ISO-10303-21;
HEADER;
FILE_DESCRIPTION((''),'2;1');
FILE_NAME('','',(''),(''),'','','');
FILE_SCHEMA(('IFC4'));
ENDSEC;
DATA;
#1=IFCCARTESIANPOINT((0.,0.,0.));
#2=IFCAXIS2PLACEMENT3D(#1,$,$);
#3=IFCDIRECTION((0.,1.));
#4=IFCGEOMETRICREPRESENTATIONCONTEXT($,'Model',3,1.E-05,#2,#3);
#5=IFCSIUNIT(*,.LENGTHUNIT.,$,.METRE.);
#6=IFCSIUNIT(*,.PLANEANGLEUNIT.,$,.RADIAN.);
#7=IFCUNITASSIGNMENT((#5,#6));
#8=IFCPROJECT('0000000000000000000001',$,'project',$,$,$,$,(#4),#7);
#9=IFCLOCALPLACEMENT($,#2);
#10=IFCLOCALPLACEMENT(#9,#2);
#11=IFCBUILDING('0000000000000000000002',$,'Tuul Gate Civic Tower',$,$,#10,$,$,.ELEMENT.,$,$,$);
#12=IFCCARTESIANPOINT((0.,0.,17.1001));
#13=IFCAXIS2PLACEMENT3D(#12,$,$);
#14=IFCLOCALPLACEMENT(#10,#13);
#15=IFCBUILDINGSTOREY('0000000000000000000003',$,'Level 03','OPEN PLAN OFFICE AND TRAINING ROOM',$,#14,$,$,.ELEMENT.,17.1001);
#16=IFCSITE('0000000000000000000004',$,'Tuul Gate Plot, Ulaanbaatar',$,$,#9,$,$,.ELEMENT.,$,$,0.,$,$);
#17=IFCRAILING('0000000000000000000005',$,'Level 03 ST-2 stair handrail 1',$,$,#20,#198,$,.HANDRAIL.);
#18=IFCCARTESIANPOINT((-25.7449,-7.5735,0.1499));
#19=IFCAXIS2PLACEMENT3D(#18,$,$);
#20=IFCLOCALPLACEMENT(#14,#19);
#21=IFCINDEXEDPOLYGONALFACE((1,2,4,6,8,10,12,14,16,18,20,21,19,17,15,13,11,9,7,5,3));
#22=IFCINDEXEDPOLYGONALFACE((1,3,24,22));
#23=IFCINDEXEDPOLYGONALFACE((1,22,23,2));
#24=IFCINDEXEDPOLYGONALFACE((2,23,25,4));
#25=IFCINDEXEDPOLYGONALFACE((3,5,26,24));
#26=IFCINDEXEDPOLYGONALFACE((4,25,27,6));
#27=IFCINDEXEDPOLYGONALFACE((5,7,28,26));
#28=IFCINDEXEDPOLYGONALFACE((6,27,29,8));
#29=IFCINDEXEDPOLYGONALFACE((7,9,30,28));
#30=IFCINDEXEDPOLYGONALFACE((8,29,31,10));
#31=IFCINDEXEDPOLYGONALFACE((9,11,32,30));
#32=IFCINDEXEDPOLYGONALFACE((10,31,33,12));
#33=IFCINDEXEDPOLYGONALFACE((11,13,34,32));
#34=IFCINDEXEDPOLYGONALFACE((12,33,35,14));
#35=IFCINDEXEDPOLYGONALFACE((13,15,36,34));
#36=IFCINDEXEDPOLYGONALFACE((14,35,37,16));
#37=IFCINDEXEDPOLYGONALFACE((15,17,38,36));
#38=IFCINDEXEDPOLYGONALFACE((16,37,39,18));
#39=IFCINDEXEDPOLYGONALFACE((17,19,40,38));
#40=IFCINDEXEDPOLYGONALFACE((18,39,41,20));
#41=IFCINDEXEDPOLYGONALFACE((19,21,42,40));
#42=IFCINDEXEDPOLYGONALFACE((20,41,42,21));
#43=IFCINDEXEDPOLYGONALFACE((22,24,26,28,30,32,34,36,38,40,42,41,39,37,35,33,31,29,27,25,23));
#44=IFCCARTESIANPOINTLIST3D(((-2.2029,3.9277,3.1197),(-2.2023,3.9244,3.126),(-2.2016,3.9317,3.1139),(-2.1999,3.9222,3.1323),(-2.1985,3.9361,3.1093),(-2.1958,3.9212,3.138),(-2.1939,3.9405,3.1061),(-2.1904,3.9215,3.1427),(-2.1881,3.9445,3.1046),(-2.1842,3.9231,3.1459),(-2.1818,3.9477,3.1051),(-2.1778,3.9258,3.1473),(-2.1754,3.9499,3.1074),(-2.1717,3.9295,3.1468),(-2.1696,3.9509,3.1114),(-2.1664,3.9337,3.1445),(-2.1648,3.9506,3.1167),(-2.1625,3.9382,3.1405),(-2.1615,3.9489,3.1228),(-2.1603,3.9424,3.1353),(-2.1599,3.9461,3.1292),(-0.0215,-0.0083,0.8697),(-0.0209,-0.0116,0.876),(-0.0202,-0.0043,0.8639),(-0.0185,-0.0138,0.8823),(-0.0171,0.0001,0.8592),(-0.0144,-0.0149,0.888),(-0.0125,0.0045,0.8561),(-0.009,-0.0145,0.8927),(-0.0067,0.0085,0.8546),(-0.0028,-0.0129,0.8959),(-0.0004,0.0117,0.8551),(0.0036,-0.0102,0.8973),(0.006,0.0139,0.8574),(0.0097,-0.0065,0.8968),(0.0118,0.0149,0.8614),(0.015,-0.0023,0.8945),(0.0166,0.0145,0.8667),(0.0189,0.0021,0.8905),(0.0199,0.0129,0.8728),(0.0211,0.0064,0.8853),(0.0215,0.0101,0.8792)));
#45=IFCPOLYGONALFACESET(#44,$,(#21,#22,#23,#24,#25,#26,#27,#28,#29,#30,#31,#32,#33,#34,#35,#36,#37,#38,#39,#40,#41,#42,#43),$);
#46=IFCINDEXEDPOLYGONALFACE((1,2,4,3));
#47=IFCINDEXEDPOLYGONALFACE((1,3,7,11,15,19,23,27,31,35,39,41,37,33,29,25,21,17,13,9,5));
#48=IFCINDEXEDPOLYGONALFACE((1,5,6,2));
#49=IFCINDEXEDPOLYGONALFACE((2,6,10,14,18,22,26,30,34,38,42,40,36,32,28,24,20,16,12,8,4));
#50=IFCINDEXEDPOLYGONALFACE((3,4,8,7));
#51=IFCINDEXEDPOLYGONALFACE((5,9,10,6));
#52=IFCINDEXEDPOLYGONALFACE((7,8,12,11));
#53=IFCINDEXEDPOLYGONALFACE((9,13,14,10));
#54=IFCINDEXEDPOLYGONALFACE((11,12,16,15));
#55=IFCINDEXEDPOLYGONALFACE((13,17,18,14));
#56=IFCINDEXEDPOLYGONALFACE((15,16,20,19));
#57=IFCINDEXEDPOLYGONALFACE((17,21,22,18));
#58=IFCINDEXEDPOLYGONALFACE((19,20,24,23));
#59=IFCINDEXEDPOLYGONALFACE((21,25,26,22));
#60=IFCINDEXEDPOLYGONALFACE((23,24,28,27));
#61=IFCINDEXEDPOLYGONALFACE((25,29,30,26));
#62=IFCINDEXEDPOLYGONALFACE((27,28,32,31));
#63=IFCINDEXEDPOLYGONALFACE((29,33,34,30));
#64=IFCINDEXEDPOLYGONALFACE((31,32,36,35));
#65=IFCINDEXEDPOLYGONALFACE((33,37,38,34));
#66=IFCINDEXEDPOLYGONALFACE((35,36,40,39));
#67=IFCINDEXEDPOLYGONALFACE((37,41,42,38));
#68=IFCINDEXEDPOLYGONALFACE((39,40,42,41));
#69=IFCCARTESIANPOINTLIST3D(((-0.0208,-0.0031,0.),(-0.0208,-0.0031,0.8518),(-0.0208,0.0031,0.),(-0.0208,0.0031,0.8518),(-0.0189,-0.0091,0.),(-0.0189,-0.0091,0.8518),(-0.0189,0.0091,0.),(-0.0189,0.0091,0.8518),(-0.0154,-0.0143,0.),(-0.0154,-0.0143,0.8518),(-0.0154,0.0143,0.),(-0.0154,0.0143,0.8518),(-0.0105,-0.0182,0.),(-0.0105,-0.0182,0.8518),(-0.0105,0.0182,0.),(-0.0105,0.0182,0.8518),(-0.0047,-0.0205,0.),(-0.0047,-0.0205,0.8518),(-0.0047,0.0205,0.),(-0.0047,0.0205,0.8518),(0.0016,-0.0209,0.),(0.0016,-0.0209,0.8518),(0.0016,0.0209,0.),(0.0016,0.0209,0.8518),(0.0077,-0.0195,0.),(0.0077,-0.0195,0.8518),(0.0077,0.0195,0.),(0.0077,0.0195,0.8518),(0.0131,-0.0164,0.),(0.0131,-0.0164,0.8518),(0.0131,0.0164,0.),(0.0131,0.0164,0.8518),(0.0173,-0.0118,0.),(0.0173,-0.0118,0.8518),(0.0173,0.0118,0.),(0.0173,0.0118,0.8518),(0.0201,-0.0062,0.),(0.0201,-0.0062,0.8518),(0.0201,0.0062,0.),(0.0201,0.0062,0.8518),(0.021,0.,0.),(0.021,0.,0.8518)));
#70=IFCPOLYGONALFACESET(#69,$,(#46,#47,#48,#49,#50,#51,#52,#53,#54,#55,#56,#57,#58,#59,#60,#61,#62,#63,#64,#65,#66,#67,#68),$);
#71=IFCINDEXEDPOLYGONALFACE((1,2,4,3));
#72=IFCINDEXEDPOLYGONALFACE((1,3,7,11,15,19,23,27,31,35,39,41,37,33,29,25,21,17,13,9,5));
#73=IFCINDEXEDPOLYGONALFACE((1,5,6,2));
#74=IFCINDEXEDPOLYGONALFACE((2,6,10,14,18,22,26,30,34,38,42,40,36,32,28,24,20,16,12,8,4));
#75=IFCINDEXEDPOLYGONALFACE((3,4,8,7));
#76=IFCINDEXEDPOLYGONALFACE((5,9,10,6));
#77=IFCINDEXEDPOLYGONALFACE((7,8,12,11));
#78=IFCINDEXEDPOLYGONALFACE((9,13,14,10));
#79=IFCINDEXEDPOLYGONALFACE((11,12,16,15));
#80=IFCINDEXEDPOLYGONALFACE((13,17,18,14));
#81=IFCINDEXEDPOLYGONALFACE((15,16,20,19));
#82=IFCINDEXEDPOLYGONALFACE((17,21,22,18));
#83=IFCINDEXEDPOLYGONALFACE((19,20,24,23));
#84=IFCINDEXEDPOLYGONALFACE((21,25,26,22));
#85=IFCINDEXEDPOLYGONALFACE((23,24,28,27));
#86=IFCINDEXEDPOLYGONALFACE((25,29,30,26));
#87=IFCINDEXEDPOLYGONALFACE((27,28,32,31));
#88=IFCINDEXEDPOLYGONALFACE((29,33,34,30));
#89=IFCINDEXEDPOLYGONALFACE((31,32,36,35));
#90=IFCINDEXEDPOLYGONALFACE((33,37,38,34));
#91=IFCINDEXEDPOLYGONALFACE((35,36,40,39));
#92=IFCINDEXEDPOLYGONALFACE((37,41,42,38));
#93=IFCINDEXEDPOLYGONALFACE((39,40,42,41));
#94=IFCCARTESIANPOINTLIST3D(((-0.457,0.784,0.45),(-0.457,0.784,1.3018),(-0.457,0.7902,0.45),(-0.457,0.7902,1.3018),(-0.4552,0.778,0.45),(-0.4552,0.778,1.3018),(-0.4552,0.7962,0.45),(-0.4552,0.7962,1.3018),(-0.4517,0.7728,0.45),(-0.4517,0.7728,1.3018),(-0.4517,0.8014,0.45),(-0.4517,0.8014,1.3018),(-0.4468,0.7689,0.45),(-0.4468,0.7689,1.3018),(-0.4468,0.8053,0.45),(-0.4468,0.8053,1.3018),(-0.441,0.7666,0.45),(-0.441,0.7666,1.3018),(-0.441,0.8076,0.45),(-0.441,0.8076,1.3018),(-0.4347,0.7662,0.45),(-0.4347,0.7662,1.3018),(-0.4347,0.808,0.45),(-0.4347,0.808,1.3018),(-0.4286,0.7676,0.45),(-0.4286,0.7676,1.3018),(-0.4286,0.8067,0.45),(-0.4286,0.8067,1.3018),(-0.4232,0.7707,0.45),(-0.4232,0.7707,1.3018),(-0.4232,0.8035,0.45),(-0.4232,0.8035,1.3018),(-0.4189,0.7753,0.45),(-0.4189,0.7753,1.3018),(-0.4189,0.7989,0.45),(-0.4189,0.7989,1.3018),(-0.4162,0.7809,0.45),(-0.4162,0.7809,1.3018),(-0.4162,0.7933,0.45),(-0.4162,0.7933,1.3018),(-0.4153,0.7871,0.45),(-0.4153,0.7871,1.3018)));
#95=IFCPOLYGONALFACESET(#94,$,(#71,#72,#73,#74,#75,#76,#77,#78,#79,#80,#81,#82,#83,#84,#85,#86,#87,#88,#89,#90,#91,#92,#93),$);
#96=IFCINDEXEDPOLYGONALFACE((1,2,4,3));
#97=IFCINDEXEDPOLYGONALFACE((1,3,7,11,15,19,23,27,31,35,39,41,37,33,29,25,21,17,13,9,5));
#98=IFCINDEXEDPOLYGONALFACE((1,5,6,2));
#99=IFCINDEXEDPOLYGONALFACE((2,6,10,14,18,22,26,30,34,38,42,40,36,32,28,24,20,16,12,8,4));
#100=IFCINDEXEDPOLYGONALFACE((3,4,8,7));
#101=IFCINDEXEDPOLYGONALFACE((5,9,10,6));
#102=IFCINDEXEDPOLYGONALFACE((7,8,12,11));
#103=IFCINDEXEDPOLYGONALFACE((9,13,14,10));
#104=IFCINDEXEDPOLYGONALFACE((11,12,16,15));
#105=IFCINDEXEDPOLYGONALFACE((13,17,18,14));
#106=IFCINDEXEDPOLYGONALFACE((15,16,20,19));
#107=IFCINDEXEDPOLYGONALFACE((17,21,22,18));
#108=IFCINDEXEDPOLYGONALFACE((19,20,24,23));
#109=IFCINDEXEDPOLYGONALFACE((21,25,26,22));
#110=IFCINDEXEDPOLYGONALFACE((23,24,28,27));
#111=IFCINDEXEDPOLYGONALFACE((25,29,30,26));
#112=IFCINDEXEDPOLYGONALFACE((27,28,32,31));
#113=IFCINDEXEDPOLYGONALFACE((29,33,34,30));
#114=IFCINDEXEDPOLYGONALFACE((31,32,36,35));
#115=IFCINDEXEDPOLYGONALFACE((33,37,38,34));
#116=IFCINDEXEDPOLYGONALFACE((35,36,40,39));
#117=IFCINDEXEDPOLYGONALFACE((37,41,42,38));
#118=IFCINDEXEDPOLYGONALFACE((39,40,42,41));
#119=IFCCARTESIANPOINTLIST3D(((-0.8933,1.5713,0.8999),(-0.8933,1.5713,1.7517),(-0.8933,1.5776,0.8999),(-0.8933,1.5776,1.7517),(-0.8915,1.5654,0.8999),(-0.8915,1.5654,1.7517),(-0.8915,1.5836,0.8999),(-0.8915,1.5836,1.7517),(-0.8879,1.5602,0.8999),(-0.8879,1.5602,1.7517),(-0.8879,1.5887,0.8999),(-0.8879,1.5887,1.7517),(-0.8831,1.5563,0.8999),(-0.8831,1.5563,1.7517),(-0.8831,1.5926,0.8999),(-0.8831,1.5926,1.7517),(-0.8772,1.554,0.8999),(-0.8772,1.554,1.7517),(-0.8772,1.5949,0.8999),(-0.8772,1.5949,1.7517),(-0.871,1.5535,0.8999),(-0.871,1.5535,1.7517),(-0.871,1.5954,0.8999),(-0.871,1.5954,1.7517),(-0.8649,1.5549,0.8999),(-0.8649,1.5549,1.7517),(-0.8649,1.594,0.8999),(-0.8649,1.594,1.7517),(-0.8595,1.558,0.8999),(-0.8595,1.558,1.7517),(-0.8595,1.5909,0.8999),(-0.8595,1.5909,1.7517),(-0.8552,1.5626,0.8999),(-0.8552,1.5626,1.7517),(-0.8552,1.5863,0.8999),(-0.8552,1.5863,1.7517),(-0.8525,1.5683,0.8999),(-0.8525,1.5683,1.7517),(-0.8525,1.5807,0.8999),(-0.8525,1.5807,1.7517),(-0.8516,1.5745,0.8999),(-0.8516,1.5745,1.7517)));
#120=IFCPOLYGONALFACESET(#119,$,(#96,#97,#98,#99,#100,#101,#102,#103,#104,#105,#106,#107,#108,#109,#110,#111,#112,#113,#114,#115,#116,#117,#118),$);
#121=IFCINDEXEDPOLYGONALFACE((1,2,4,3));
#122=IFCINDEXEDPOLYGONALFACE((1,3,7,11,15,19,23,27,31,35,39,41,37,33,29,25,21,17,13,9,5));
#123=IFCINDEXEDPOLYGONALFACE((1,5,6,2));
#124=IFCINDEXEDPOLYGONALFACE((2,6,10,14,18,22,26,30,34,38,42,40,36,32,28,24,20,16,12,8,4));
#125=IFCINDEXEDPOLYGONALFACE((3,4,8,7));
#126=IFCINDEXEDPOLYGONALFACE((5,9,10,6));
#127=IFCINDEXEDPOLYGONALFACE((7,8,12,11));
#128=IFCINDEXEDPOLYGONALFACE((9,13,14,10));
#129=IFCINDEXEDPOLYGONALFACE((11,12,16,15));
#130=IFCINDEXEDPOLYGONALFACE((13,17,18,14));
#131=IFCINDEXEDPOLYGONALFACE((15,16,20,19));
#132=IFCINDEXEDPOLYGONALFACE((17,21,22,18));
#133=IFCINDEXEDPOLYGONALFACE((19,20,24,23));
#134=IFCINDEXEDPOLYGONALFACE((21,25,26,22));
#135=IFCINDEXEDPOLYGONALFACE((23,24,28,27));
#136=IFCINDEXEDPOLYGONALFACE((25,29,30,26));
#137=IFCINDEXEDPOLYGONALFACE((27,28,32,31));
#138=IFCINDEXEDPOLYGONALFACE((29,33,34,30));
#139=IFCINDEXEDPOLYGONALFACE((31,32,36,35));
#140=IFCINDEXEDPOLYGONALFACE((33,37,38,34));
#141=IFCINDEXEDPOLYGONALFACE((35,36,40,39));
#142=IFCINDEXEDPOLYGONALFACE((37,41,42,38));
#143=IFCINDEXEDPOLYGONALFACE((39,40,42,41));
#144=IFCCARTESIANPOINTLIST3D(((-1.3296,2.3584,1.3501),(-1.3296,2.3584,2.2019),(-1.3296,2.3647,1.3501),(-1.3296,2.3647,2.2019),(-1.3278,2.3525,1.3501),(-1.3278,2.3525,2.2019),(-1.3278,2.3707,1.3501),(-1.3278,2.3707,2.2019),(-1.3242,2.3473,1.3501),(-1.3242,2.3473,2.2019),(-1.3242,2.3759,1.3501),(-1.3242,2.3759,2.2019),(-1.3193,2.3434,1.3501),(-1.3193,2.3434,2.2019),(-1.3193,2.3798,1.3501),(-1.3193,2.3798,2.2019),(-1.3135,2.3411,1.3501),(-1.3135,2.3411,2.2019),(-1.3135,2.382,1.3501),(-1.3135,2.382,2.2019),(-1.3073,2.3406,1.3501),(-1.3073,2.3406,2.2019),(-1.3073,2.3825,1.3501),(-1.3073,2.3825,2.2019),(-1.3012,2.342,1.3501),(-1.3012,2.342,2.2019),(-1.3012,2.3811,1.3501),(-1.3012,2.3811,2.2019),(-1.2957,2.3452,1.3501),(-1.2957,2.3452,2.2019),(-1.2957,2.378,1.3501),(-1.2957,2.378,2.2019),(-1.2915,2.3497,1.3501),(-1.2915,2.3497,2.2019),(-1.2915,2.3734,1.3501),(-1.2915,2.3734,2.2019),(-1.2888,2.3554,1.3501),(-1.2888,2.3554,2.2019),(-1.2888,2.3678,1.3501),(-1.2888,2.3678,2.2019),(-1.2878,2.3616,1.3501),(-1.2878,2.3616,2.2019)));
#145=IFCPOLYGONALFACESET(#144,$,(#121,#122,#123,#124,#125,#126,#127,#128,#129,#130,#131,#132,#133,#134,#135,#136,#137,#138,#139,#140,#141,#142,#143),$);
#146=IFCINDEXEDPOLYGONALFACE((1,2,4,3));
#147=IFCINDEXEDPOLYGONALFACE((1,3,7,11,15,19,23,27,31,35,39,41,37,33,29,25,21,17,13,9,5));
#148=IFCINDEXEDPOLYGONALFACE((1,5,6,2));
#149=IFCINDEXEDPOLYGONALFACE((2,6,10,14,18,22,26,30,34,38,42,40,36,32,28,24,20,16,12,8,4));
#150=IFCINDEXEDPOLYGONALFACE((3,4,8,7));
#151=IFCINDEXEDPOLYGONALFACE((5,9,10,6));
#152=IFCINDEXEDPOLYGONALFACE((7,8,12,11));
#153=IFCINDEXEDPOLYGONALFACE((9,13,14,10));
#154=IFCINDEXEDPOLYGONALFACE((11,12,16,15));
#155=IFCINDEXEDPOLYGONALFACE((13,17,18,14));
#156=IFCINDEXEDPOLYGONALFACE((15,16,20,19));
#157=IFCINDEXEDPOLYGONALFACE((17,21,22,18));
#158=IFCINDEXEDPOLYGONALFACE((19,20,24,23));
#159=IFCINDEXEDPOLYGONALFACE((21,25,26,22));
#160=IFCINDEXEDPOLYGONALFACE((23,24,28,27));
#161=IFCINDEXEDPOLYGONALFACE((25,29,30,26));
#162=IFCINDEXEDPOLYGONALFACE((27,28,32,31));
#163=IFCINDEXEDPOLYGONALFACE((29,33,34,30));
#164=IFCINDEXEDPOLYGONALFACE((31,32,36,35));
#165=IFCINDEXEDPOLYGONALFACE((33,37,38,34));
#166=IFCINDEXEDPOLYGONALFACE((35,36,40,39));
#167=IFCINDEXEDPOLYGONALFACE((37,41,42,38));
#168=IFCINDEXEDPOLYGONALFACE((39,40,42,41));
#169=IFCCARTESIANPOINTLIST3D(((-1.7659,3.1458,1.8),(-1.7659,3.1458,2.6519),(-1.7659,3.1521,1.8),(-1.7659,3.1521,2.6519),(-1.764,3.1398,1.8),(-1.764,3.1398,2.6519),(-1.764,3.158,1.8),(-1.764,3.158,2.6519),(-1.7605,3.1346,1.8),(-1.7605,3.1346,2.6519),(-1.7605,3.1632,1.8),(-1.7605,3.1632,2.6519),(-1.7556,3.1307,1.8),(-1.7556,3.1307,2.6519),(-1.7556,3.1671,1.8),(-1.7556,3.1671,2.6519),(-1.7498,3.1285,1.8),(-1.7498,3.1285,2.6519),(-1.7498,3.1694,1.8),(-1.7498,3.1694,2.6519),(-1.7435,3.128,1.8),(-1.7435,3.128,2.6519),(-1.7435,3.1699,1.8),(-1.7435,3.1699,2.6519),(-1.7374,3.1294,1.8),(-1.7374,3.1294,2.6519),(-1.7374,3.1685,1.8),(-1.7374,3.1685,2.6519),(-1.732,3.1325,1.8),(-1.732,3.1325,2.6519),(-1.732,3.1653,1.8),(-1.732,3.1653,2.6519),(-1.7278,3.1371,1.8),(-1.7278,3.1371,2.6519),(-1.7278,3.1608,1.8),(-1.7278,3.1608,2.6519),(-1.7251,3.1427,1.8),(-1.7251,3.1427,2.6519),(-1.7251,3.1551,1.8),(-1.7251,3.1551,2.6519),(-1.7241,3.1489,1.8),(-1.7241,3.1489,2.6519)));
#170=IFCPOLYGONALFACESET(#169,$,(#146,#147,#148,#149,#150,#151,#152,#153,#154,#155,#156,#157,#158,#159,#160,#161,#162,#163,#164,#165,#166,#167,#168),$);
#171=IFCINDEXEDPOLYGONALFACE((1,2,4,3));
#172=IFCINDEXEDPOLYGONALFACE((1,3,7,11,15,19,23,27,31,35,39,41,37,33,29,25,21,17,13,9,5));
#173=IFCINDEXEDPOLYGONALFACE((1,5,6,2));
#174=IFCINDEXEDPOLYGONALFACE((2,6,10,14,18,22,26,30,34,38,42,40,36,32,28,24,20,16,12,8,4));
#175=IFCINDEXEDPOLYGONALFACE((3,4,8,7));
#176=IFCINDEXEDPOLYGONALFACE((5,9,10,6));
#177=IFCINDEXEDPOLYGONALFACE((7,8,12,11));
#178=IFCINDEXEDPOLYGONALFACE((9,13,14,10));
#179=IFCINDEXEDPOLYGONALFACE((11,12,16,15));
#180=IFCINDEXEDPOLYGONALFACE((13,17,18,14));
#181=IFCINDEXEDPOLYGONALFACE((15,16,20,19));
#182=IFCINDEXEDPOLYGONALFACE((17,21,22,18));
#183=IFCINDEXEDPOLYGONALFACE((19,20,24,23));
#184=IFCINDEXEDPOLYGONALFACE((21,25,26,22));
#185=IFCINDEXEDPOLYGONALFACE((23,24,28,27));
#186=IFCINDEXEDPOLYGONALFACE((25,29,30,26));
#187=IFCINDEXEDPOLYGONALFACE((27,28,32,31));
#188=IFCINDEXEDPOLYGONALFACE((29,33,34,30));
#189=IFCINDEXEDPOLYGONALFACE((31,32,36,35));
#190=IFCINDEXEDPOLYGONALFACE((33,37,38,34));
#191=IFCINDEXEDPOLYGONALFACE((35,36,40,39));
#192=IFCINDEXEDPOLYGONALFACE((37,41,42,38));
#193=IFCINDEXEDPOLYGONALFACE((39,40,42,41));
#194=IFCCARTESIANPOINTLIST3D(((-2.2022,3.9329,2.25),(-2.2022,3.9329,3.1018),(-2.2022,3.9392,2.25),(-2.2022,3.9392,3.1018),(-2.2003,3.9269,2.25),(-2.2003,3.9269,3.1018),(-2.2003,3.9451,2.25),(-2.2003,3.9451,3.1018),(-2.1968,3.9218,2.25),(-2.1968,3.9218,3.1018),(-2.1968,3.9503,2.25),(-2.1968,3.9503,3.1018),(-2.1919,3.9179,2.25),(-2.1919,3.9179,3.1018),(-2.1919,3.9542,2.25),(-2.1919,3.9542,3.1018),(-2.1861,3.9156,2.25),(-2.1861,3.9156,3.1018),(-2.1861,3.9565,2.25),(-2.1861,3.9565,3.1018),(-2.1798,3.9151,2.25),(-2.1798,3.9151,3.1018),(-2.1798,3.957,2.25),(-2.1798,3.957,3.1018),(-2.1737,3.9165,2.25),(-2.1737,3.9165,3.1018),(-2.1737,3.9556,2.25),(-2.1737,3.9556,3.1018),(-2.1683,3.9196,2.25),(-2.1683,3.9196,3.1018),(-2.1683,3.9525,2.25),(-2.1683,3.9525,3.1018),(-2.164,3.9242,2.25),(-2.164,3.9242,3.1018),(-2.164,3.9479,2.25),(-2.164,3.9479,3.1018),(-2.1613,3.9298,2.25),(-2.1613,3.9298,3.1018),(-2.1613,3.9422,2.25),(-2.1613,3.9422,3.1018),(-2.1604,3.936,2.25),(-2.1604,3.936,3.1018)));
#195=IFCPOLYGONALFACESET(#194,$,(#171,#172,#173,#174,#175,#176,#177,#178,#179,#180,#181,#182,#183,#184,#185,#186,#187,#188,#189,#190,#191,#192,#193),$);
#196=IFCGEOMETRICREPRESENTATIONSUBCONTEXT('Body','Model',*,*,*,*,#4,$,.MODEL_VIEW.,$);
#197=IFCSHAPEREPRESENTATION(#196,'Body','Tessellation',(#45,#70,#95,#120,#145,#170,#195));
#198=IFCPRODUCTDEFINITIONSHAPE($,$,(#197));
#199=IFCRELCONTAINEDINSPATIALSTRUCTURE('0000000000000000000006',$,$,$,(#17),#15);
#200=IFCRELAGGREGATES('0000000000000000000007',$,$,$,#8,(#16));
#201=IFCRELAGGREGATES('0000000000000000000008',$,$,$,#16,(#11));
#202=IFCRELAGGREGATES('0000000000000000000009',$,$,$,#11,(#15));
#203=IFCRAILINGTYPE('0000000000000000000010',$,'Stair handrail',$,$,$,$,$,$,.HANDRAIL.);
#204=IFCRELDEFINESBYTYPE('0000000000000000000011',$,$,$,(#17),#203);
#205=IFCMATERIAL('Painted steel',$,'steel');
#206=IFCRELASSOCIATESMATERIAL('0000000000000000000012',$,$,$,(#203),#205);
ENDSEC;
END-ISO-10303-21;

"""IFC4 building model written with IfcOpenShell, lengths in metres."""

from ifc_helpers import new_model, si_unit, direction, frame, origin, origin_2d, place, context, subcontext, project, spatial, circle, extrude, material, type_object, element, save


model = new_model("IFC4")

# Units and contexts
model_context = context("Model", 3, precision=1e-05, world=origin(), true_north=direction((0.0, 1.0)))
body_context = subcontext(model_context, "Body", "Model", "MODEL_VIEW")
ifc_project = project(units=[si_unit("LENGTHUNIT", "METRE"), si_unit("PLANEANGLEUNIT", "RADIAN")], contexts=[model_context])

# Site, building, storey
site_placement = place(None, origin())
site = spatial("IfcSite", under=ifc_project, at=site_placement, Name="Tuul Gate Plot, Ulaanbaatar", CompositionType="ELEMENT", RefElevation=0.0)
building_placement = place(site_placement, origin())
building = spatial("IfcBuilding", under=site, at=building_placement, Name="Tuul Gate Civic Tower", CompositionType="ELEMENT")
storey_placement = place(building_placement, frame((0.0, 0.0, 17.1001)))
storey = spatial("IfcBuildingStorey", under=building, at=storey_placement, Name="Level 03", Description="OPEN PLAN OFFICE AND TRAINING ROOM", CompositionType="ELEMENT", Elevation=17.1001)

# Railing
ifc_material_1 = material(Name="Painted steel", Category="steel")
railing_type_1 = type_object("IfcRailingType", Name="Stair handrail", PredefinedType="HANDRAIL", material=ifc_material_1)
railing_1_placement = place(storey_placement, frame((-25.7449, -7.5735, 0.1499)))
element("IfcRailing", 1, at=railing_1_placement, inside=storey, type_object=railing_type_1, Name="Level 03 ST-2 stair handrail 1", PredefinedType="HANDRAIL", context=body_context, shape_type="SweptSolid", body=[
    extrude(circle(Radius=0.0239, at=origin_2d()), frame((0.0, 0.0, 0.876), z_axis=(-0.43357, 0.782319, 0.447206), x_axis=(-0.874656, -0.484744, 0.0)), (0.0, 0.0, 1.0), 5.0312),
    extrude(circle(Radius=0.021, at=origin_2d()), origin(), (0.0, 0.0, 1.0), 0.8518),
    extrude(circle(Radius=0.021, at=origin_2d()), frame((-0.4363, 0.7871, 0.45)), (0.0, 0.0, 1.0), 0.8518),
    extrude(circle(Radius=0.021, at=origin_2d()), frame((-0.8726, 1.5745, 0.8999)), (0.0, 0.0, 1.0), 0.8518),
    extrude(circle(Radius=0.021, at=origin_2d()), frame((-1.3088, 2.3616, 1.3501)), (0.0, 0.0, 1.0), 0.8518),
    extrude(circle(Radius=0.021, at=origin_2d()), frame((-1.7451, 3.1489, 1.8)), (0.0, 0.0, 1.0), 0.8518),
    extrude(circle(Radius=0.021, at=origin_2d()), frame((-2.1814, 3.936, 2.25)), (0.0, 0.0, 1.0), 0.8518),
])

save(model, "model.ifc")
